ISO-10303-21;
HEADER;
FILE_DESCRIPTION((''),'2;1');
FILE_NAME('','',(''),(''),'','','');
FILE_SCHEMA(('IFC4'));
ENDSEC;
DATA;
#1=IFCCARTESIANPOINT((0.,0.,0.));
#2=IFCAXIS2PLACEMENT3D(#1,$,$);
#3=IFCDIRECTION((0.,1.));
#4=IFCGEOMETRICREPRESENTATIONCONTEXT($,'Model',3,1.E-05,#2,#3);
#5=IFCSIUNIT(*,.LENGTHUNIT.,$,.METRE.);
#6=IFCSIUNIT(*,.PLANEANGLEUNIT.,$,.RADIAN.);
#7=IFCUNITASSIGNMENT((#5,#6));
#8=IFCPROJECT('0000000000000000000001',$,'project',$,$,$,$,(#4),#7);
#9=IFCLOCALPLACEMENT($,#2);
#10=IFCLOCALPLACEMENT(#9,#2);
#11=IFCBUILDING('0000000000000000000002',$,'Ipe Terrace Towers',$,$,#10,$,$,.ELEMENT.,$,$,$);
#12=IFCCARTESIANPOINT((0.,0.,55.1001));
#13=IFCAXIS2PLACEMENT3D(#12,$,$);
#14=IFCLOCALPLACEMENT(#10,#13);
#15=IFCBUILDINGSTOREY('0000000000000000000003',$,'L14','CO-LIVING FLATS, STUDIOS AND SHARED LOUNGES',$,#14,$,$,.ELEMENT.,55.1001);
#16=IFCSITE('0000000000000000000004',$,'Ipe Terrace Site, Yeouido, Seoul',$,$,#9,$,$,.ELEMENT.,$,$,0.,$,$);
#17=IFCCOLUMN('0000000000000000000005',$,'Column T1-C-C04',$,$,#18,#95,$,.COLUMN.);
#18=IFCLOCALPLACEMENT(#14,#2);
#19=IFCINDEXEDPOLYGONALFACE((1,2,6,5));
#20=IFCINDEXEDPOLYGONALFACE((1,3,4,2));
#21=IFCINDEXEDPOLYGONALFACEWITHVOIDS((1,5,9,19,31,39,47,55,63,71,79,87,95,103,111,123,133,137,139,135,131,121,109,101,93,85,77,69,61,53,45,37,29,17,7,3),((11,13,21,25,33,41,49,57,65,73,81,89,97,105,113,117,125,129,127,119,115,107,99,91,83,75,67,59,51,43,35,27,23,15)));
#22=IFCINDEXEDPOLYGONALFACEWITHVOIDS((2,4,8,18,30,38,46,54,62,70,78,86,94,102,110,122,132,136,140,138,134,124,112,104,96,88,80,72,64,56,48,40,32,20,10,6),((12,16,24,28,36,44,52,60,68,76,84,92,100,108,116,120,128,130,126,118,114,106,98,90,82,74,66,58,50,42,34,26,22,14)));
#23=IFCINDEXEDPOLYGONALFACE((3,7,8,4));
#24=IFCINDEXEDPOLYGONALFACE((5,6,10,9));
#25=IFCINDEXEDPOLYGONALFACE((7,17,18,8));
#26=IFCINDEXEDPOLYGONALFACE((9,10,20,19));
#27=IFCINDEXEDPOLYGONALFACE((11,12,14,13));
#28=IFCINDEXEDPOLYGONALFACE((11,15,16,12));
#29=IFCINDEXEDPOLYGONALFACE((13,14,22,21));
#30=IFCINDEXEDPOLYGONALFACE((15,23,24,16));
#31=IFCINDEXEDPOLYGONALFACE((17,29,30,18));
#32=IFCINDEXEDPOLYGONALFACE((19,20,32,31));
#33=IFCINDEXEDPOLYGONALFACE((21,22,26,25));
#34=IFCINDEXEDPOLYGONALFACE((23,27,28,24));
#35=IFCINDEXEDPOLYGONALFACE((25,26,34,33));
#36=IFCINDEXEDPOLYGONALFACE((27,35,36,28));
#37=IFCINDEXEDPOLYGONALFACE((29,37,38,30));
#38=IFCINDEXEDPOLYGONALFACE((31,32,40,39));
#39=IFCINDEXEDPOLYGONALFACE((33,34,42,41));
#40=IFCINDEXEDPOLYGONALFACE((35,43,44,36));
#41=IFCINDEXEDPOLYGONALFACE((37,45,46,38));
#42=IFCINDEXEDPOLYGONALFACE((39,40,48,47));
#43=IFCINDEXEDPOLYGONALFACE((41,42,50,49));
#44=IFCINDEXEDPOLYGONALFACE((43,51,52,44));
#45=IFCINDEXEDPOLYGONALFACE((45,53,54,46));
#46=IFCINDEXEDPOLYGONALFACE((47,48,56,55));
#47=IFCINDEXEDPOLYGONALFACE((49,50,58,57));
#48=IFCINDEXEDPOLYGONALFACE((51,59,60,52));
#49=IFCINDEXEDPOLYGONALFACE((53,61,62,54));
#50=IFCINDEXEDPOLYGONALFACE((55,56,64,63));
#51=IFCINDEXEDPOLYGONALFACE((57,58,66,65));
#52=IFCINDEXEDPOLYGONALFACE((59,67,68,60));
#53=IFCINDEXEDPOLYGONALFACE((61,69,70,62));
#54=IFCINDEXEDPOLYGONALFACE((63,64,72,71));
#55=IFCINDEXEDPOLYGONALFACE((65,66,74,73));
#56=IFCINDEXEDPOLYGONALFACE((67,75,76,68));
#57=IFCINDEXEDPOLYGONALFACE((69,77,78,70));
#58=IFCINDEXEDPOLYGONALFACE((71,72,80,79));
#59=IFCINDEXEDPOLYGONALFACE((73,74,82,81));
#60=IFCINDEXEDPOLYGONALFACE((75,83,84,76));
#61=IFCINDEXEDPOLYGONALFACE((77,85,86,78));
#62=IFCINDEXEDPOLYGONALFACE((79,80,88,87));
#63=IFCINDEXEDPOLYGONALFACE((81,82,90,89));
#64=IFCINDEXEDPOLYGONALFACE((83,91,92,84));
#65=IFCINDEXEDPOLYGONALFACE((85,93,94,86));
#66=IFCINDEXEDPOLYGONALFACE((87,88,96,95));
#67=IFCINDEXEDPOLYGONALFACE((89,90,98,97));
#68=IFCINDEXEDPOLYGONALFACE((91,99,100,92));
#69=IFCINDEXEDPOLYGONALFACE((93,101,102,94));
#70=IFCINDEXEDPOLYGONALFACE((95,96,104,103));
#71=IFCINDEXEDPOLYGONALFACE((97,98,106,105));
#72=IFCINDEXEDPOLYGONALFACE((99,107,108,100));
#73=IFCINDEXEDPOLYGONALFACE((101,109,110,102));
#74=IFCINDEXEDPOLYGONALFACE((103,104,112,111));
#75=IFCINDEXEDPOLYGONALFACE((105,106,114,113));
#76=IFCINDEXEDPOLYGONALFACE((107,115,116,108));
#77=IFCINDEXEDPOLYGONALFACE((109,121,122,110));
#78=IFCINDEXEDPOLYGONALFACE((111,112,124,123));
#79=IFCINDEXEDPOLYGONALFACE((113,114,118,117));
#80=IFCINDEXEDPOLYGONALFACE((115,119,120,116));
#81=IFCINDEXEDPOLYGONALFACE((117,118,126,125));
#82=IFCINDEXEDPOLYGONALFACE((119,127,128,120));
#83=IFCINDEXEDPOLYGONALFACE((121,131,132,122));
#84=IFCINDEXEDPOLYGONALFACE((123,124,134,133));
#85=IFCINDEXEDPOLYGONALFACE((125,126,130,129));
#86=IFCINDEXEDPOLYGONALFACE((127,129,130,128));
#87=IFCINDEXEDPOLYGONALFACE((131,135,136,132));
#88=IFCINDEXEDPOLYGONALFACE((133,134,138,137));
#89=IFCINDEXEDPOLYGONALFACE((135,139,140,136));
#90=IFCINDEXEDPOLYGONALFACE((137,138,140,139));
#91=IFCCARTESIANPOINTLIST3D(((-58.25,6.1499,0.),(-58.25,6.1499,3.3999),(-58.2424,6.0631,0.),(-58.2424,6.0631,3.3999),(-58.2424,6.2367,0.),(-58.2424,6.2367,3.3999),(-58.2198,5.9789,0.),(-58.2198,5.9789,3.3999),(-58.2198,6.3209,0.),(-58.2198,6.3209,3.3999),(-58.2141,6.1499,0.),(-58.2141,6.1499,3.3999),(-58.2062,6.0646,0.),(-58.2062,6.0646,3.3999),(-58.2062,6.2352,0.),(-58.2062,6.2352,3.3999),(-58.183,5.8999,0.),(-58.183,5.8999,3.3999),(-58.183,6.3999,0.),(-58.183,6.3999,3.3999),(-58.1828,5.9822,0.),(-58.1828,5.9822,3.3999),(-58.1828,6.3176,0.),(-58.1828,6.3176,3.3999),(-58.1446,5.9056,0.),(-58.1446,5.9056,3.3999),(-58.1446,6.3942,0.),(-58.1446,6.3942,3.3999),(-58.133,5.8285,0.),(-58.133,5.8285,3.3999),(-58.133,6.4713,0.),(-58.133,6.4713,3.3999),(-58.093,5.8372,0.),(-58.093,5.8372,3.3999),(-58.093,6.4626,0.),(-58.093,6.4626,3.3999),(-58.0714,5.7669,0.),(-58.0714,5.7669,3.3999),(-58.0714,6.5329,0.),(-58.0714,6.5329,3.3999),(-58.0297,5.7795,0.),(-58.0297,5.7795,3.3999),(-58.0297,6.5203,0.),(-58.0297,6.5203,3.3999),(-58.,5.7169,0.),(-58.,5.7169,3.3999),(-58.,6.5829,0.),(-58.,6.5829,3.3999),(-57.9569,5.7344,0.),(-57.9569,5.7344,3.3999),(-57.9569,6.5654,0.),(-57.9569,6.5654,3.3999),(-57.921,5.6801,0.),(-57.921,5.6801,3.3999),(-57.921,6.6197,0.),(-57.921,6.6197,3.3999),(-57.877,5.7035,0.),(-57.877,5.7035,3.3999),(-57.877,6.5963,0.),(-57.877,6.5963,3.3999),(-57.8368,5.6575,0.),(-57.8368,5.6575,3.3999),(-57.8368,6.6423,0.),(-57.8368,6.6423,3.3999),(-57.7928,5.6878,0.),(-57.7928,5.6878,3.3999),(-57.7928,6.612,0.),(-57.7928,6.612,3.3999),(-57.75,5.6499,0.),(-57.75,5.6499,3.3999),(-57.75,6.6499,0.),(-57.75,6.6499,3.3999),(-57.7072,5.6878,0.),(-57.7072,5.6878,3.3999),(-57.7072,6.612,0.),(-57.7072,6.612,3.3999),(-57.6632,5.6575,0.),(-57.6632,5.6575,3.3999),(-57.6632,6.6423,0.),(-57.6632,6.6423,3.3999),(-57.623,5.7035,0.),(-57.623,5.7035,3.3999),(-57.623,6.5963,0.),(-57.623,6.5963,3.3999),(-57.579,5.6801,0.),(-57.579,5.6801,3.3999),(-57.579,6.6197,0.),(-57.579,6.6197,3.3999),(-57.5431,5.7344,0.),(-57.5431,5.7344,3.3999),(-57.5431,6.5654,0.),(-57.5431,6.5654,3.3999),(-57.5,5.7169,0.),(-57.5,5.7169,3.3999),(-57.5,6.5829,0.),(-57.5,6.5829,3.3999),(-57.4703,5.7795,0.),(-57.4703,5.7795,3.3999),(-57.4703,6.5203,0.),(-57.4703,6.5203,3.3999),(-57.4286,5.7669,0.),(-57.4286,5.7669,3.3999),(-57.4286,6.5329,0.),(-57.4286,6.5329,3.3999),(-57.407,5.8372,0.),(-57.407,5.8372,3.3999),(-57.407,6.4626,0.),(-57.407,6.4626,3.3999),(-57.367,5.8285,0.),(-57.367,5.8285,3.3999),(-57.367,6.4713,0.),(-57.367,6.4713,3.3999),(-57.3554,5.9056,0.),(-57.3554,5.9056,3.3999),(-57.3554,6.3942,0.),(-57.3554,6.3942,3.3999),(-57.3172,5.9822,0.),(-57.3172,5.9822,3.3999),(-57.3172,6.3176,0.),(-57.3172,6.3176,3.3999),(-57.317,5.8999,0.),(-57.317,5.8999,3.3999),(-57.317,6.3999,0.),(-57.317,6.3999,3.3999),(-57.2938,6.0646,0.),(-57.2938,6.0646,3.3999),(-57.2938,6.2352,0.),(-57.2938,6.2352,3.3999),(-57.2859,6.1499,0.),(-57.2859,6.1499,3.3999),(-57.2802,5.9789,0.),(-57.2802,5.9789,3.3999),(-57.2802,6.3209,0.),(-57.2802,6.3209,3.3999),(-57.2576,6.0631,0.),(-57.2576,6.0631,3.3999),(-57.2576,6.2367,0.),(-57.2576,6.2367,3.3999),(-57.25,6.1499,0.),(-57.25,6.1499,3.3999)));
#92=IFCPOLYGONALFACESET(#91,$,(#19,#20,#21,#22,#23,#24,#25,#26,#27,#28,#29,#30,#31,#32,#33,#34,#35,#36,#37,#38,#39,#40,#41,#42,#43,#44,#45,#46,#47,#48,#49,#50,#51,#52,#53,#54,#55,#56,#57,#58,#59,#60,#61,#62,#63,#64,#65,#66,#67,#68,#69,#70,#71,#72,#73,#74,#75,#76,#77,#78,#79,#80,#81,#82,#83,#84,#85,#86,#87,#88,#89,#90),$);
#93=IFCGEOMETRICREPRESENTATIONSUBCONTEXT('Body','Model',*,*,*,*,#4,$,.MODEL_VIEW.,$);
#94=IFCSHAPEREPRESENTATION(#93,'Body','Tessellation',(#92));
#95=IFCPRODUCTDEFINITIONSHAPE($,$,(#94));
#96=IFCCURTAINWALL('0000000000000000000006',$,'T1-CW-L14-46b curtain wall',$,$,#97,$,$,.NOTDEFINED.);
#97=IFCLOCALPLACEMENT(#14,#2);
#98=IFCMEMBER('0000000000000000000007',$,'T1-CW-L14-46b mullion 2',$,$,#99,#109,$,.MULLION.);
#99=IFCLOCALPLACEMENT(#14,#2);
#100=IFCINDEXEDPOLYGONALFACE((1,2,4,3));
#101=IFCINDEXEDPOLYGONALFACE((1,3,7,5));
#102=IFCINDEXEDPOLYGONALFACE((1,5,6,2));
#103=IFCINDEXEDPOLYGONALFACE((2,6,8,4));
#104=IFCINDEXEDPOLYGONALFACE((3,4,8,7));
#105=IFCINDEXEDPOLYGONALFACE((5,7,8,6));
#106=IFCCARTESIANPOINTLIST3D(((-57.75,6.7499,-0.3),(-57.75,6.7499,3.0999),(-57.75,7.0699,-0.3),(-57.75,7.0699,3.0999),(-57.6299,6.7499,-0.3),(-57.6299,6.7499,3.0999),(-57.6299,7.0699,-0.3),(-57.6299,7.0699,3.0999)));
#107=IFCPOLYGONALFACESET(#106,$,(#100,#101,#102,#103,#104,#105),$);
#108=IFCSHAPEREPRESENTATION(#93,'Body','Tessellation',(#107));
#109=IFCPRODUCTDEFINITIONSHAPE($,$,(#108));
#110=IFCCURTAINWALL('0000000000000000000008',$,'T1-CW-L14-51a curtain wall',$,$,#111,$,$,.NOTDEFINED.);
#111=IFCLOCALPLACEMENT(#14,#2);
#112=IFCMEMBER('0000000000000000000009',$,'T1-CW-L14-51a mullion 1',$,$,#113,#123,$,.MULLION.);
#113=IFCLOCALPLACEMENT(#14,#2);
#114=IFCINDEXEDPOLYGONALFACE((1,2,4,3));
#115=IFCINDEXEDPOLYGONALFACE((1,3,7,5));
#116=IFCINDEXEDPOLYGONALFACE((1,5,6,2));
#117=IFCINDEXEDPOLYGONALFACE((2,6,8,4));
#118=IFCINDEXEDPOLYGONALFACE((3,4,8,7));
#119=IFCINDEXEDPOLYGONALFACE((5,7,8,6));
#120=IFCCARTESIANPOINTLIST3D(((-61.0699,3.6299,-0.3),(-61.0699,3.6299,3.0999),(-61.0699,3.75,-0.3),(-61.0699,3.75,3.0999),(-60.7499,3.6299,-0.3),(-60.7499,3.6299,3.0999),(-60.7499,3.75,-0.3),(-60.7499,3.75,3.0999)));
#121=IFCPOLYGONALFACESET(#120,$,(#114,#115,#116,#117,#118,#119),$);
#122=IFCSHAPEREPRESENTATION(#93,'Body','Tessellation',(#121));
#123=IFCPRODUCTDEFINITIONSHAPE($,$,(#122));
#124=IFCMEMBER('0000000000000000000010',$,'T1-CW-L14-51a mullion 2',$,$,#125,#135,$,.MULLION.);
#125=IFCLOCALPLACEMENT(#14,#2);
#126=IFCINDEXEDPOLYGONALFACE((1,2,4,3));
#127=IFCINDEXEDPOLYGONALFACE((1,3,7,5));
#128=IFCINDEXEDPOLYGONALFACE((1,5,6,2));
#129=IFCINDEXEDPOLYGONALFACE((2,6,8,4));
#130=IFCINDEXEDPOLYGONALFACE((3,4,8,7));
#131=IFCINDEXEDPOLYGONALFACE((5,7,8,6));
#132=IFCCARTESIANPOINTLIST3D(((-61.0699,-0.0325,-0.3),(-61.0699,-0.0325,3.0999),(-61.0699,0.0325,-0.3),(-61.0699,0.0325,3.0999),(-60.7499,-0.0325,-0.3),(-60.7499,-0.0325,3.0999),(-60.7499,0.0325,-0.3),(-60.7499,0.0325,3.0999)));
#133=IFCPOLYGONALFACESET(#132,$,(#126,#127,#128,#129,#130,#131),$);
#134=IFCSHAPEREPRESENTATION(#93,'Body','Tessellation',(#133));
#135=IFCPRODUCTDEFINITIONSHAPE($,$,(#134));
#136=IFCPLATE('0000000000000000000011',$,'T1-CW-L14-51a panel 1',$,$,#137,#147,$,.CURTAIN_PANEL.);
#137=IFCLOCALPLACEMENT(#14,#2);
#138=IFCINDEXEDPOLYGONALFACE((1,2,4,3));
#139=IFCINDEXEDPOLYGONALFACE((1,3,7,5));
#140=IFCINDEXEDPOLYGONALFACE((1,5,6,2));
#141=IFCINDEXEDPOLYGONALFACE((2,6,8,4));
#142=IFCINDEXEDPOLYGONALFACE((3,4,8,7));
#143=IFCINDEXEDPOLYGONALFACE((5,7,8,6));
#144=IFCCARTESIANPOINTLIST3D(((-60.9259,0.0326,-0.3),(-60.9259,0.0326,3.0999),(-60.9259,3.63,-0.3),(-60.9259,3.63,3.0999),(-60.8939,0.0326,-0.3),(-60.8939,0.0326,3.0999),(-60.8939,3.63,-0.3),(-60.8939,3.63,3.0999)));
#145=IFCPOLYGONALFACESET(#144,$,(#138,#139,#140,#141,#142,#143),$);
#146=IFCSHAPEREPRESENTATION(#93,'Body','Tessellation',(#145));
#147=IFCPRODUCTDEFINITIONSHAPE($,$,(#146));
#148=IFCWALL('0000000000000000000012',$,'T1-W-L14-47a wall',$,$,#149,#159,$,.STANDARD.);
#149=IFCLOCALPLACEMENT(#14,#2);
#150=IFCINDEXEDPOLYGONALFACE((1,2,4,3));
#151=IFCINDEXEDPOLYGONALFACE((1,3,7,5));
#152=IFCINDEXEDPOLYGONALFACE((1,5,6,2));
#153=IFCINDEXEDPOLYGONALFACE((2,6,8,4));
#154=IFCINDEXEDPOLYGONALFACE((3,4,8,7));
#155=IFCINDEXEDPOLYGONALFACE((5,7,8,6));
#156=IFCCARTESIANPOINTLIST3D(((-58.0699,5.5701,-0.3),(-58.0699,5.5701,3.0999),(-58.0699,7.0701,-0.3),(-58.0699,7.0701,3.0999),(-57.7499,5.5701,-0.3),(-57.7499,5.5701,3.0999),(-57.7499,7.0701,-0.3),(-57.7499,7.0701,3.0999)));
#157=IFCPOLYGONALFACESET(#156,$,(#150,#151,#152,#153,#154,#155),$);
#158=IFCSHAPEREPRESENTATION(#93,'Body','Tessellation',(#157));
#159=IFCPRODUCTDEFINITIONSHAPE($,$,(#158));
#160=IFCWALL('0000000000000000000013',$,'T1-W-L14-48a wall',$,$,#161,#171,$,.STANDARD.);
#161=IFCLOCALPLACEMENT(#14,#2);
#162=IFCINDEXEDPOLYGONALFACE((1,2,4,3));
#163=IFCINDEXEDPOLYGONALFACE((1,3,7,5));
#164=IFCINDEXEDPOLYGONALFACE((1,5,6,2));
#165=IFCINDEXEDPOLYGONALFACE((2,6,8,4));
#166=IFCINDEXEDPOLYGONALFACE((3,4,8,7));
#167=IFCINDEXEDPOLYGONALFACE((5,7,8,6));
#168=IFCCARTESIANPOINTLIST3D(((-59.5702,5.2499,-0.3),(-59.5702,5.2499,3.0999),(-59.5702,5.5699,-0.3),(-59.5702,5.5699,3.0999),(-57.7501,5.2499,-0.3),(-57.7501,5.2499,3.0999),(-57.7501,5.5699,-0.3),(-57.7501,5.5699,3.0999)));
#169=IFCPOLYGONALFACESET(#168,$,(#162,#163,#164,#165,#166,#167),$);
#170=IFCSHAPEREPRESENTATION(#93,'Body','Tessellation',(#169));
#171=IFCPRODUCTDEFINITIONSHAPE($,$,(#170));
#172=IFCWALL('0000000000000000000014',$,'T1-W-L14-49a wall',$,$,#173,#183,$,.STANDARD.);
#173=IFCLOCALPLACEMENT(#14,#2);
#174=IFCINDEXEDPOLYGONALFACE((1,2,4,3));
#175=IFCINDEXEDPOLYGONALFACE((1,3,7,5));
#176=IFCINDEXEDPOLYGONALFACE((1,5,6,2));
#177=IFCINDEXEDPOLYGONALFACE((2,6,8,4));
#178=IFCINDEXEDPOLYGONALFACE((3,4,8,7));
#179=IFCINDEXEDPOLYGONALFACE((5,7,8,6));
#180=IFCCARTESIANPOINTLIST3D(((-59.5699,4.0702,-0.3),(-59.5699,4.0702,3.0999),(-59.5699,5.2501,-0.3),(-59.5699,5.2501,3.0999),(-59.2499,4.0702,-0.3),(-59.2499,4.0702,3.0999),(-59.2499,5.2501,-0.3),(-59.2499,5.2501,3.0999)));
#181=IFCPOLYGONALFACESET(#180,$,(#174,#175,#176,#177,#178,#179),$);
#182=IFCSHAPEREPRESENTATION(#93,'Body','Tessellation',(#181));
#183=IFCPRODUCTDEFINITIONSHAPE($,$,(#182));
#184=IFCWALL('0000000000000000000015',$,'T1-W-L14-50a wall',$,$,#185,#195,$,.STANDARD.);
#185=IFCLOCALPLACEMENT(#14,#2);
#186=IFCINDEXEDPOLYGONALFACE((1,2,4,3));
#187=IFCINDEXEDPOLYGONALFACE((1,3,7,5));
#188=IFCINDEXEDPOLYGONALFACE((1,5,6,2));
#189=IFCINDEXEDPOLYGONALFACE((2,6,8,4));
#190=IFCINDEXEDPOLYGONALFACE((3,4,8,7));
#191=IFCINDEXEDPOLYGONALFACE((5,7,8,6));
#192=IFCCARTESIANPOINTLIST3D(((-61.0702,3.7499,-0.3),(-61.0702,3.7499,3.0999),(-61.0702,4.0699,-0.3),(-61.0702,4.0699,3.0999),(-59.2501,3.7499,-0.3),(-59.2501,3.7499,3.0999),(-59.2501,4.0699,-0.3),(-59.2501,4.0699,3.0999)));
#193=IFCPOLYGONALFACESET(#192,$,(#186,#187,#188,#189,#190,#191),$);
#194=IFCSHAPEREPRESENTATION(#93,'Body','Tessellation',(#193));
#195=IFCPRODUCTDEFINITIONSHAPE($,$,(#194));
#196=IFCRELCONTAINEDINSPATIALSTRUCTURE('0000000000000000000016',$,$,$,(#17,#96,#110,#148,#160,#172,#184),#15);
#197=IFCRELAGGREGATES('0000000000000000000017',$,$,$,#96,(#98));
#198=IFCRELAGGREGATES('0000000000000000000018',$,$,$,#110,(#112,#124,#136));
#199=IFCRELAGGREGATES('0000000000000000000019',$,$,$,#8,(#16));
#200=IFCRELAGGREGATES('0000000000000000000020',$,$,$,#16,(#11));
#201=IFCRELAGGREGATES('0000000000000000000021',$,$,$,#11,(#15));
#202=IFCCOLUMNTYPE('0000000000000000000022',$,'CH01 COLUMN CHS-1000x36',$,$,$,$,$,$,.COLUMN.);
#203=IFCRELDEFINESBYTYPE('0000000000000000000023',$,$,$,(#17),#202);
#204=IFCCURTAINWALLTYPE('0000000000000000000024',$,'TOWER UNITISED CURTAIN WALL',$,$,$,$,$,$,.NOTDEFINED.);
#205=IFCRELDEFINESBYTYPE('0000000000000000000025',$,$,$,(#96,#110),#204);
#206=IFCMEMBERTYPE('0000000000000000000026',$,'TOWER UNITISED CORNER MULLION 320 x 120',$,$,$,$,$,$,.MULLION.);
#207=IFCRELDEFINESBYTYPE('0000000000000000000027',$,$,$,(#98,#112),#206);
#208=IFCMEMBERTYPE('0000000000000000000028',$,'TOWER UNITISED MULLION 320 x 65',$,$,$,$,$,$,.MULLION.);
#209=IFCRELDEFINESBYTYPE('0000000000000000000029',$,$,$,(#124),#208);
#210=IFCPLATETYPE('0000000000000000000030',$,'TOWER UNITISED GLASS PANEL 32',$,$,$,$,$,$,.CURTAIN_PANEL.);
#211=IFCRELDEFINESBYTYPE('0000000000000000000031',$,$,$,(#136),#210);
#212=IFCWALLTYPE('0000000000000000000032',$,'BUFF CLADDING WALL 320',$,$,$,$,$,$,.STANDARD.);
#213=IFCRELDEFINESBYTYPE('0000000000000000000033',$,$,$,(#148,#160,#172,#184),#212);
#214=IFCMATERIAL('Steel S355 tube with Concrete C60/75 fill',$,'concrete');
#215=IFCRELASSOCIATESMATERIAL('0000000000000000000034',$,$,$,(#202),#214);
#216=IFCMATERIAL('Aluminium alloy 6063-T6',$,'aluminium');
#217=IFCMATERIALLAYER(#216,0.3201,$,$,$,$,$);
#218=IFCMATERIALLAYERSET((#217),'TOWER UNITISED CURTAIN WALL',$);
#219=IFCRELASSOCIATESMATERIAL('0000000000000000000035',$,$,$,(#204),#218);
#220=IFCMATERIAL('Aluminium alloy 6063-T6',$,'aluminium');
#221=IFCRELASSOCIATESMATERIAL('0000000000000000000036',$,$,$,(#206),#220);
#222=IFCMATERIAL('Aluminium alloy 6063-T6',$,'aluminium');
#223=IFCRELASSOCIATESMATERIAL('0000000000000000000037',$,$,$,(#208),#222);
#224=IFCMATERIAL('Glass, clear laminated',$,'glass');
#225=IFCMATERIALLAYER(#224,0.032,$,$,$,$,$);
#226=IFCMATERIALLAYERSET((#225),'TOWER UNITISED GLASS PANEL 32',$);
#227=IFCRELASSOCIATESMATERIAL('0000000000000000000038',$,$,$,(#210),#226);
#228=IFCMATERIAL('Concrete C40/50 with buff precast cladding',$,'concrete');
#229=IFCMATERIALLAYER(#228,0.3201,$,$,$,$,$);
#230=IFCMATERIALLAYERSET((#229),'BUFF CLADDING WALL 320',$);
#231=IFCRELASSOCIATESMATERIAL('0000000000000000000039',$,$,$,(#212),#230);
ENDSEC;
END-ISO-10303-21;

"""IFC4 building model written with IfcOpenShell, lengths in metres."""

from ifc_helpers import new_model, si_unit, direction, frame, frame_2d, origin, origin_2d, place, context, subcontext, project, spatial, rectangle, hollow_circle, extrude, material, layer, layer_set, material_profile, profile_set, type_object, element, aggregate, save


model = new_model("IFC4")

# Units and contexts
model_context = context("Model", 3, precision=1e-05, world=origin(), true_north=direction((0.0, 1.0)))
body_context = subcontext(model_context, "Body", "Model", "MODEL_VIEW")
ifc_project = project(units=[si_unit("LENGTHUNIT", "METRE"), si_unit("PLANEANGLEUNIT", "RADIAN")], contexts=[model_context])

# Site, building, storey
site_placement = place(None, origin())
site = spatial("IfcSite", under=ifc_project, at=site_placement, Name="Ipe Terrace Site, Yeouido, Seoul", CompositionType="ELEMENT", RefElevation=0.0)
building_placement = place(site_placement, origin())
building = spatial("IfcBuilding", under=site, at=building_placement, Name="Ipe Terrace Towers", CompositionType="ELEMENT")
storey_placement = place(building_placement, frame((0.0, 0.0, 55.1001)))
storey = spatial("IfcBuildingStorey", under=building, at=storey_placement, Name="L14", Description="CO-LIVING FLATS, STUDIOS AND SHARED LOUNGES", CompositionType="ELEMENT", Elevation=55.1001)

# Column
ifc_material_1 = material(Name="Steel S355 tube with Concrete C60/75 fill", Category="concrete")
ifc_material_profile_1 = material_profile(ifc_material_1, hollow_circle(Radius=0.5, WallThickness=0.0359, at=origin_2d()), Name="CHS-1000x36")
ifc_profile_set_1 = profile_set([ifc_material_profile_1], Name="Steel S355 tube with Concrete C60/75 fill")
column_type = type_object("IfcColumnType", Name="CH01 COLUMN CHS-1000x36", PredefinedType="COLUMN", material=ifc_profile_set_1)
column_placement = place(storey_placement, frame((-57.75, 6.1499, 0.0), z_axis=(0.0, 0.0, 1.0), x_axis=(1.0, 0.0, 0.0)))
element("IfcColumn", 1, at=column_placement, inside=storey, type_object=column_type, Name="Column T1-C-C04", PredefinedType="COLUMN", context=body_context, shape_type="SweptSolid", body=[
    extrude(hollow_circle(Radius=0.5, WallThickness=0.0359, at=origin_2d()), origin(), (0.0, 0.0, 1.0), 3.3999),
])

# Curtain wall, member
ifc_material_2 = material(Name="Aluminium alloy 6063-T6", Category="aluminium")
ifc_layer_1 = layer(ifc_material_2, 0.3201)
ifc_layer_set_1 = layer_set([ifc_layer_1], Name="TOWER UNITISED CURTAIN WALL")
curtain_wall_type = type_object("IfcCurtainWallType", Name="TOWER UNITISED CURTAIN WALL", PredefinedType="NOTDEFINED", material=ifc_layer_set_1)
curtain_wall_1_placement = place(storey_placement, origin())
curtain_wall_1 = element("IfcCurtainWall", 2, at=curtain_wall_1_placement, inside=storey, type_object=curtain_wall_type, Name="T1-CW-L14-46b curtain wall", PredefinedType="NOTDEFINED")
ifc_material_3 = material(Name="Aluminium alloy 6063-T6", Category="aluminium")
ifc_material_profile_2 = material_profile(ifc_material_3, rectangle(XDim=0.3201, YDim=0.1201, at=origin_2d()), Name="TOWER UNITISED CORNER MULLION 320 x 120")
ifc_profile_set_2 = profile_set([ifc_material_profile_2], Name="Aluminium alloy 6063-T6")
member_type_1 = type_object("IfcMemberType", Name="TOWER UNITISED CORNER MULLION 320 x 120", PredefinedType="MULLION", material=ifc_profile_set_2)
member_1_placement = place(storey_placement, frame((-57.6899, 6.9099, -0.3), z_axis=(0.0, 0.0, 1.0), x_axis=(0.0, 1.0, 0.0)))
member_1 = element("IfcMember", 3, at=member_1_placement, type_object=member_type_1, Name="T1-CW-L14-46b mullion 2", PredefinedType="MULLION", context=body_context, shape_type="SweptSolid", body=[
    extrude(rectangle(XDim=0.3201, YDim=0.1201, at=origin_2d()), origin(), (0.0, 0.0, 1.0), 3.3999),
])
aggregate(curtain_wall_1, [member_1])

# Curtain wall, members, plate
curtain_wall_2_placement = place(storey_placement, origin())
curtain_wall_2 = element("IfcCurtainWall", 4, at=curtain_wall_2_placement, inside=storey, type_object=curtain_wall_type, Name="T1-CW-L14-51a curtain wall", PredefinedType="NOTDEFINED")
member_2_placement = place(storey_placement, frame((-60.9099, 3.6899, -0.3), z_axis=(0.0, 0.0, 1.0), x_axis=(-1.0, 0.0, 0.0)))
member_2 = element("IfcMember", 5, at=member_2_placement, type_object=member_type_1, Name="T1-CW-L14-51a mullion 1", PredefinedType="MULLION", context=body_context, shape_type="SweptSolid", body=[
    extrude(rectangle(XDim=0.3201, YDim=0.1201, at=origin_2d()), origin(), (0.0, 0.0, 1.0), 3.3999),
])
ifc_material_4 = material(Name="Aluminium alloy 6063-T6", Category="aluminium")
ifc_material_profile_3 = material_profile(ifc_material_4, rectangle(XDim=0.3201, YDim=0.0649, at=origin_2d()), Name="TOWER UNITISED MULLION 320 x 65")
ifc_profile_set_3 = profile_set([ifc_material_profile_3], Name="Aluminium alloy 6063-T6")
member_type_2 = type_object("IfcMemberType", Name="TOWER UNITISED MULLION 320 x 65", PredefinedType="MULLION", material=ifc_profile_set_3)
member_3_placement = place(storey_placement, frame((-60.9099, 0.0, -0.3), z_axis=(0.0, 0.0, 1.0), x_axis=(-1.0, 0.0, 0.0)))
member_3 = element("IfcMember", 6, at=member_3_placement, type_object=member_type_2, Name="T1-CW-L14-51a mullion 2", PredefinedType="MULLION", context=body_context, shape_type="SweptSolid", body=[
    extrude(rectangle(XDim=0.3201, YDim=0.0649, at=origin_2d()), origin(), (0.0, 0.0, 1.0), 3.3999),
])
ifc_material_5 = material(Name="Glass, clear laminated", Category="glass")
ifc_layer_2 = layer(ifc_material_5, 0.032)
ifc_layer_set_2 = layer_set([ifc_layer_2], Name="TOWER UNITISED GLASS PANEL 32")
plate_type = type_object("IfcPlateType", Name="TOWER UNITISED GLASS PANEL 32", PredefinedType="CURTAIN_PANEL", material=ifc_layer_set_2)
plate_placement = place(storey_placement, frame((-60.9099, 1.8313, -0.3), z_axis=(0.0, 0.0, 1.0), x_axis=(0.0, -1.0, 0.0)))
plate = element("IfcPlate", 7, at=plate_placement, type_object=plate_type, Name="T1-CW-L14-51a panel 1", PredefinedType="CURTAIN_PANEL", context=body_context, shape_type="SweptSolid", body=[
    extrude(rectangle(XDim=3.5974, YDim=0.032, at=origin_2d()), origin(), (0.0, 0.0, 1.0), 3.3999),
])
aggregate(curtain_wall_2, [member_2, member_3, plate])

# Walls
ifc_material_6 = material(Name="Concrete C40/50 with buff precast cladding", Category="concrete")
ifc_layer_3 = layer(ifc_material_6, 0.3201)
ifc_layer_set_3 = layer_set([ifc_layer_3], Name="BUFF CLADDING WALL 320")
wall_type_1 = type_object("IfcWallType", Name="BUFF CLADDING WALL 320", PredefinedType="STANDARD", material=ifc_layer_set_3)
wall_1_placement = place(storey_placement, frame((-57.9099, 7.0701, -0.3), z_axis=(0.0, 0.0, 1.0), x_axis=(0.0, -1.0, 0.0)))
element("IfcWall", 8, at=wall_1_placement, inside=storey, type_object=wall_type_1, Name="T1-W-L14-47a wall", PredefinedType="STANDARD", context=body_context, shape_type="SweptSolid", body=[
    extrude(rectangle(XDim=1.5, YDim=0.3201, at=frame_2d((0.75, 0.0))), origin(), (0.0, 0.0, 1.0), 3.3999),
])
wall_2_placement = place(storey_placement, frame((-57.75, 5.4099, -0.3), z_axis=(0.0, 0.0, 1.0), x_axis=(-1.0, 0.0, 0.0)))
element("IfcWall", 9, at=wall_2_placement, inside=storey, type_object=wall_type_1, Name="T1-W-L14-48a wall", PredefinedType="STANDARD", context=body_context, shape_type="SweptSolid", body=[
    extrude(rectangle(XDim=1.8201, YDim=0.3201, at=frame_2d((0.9102, 0.0))), origin(), (0.0, 0.0, 1.0), 3.3999),
])
wall_3_placement = place(storey_placement, frame((-59.4099, 5.25, -0.3), z_axis=(0.0, 0.0, 1.0), x_axis=(0.0, -1.0, 0.0)))
element("IfcWall", 10, at=wall_3_placement, inside=storey, type_object=wall_type_1, Name="T1-W-L14-49a wall", PredefinedType="STANDARD", context=body_context, shape_type="SweptSolid", body=[
    extrude(rectangle(XDim=1.1799, YDim=0.3201, at=frame_2d((0.5898, 0.0))), origin(), (0.0, 0.0, 1.0), 3.3999),
])
wall_4_placement = place(storey_placement, frame((-59.25, 3.9099, -0.3), z_axis=(0.0, 0.0, 1.0), x_axis=(-1.0, 0.0, 0.0)))
element("IfcWall", 11, at=wall_4_placement, inside=storey, type_object=wall_type_1, Name="T1-W-L14-50a wall", PredefinedType="STANDARD", context=body_context, shape_type="SweptSolid", body=[
    extrude(rectangle(XDim=1.8201, YDim=0.3201, at=frame_2d((0.9102, 0.0))), origin(), (0.0, 0.0, 1.0), 3.3999),
])

save(model, "model.ifc")
